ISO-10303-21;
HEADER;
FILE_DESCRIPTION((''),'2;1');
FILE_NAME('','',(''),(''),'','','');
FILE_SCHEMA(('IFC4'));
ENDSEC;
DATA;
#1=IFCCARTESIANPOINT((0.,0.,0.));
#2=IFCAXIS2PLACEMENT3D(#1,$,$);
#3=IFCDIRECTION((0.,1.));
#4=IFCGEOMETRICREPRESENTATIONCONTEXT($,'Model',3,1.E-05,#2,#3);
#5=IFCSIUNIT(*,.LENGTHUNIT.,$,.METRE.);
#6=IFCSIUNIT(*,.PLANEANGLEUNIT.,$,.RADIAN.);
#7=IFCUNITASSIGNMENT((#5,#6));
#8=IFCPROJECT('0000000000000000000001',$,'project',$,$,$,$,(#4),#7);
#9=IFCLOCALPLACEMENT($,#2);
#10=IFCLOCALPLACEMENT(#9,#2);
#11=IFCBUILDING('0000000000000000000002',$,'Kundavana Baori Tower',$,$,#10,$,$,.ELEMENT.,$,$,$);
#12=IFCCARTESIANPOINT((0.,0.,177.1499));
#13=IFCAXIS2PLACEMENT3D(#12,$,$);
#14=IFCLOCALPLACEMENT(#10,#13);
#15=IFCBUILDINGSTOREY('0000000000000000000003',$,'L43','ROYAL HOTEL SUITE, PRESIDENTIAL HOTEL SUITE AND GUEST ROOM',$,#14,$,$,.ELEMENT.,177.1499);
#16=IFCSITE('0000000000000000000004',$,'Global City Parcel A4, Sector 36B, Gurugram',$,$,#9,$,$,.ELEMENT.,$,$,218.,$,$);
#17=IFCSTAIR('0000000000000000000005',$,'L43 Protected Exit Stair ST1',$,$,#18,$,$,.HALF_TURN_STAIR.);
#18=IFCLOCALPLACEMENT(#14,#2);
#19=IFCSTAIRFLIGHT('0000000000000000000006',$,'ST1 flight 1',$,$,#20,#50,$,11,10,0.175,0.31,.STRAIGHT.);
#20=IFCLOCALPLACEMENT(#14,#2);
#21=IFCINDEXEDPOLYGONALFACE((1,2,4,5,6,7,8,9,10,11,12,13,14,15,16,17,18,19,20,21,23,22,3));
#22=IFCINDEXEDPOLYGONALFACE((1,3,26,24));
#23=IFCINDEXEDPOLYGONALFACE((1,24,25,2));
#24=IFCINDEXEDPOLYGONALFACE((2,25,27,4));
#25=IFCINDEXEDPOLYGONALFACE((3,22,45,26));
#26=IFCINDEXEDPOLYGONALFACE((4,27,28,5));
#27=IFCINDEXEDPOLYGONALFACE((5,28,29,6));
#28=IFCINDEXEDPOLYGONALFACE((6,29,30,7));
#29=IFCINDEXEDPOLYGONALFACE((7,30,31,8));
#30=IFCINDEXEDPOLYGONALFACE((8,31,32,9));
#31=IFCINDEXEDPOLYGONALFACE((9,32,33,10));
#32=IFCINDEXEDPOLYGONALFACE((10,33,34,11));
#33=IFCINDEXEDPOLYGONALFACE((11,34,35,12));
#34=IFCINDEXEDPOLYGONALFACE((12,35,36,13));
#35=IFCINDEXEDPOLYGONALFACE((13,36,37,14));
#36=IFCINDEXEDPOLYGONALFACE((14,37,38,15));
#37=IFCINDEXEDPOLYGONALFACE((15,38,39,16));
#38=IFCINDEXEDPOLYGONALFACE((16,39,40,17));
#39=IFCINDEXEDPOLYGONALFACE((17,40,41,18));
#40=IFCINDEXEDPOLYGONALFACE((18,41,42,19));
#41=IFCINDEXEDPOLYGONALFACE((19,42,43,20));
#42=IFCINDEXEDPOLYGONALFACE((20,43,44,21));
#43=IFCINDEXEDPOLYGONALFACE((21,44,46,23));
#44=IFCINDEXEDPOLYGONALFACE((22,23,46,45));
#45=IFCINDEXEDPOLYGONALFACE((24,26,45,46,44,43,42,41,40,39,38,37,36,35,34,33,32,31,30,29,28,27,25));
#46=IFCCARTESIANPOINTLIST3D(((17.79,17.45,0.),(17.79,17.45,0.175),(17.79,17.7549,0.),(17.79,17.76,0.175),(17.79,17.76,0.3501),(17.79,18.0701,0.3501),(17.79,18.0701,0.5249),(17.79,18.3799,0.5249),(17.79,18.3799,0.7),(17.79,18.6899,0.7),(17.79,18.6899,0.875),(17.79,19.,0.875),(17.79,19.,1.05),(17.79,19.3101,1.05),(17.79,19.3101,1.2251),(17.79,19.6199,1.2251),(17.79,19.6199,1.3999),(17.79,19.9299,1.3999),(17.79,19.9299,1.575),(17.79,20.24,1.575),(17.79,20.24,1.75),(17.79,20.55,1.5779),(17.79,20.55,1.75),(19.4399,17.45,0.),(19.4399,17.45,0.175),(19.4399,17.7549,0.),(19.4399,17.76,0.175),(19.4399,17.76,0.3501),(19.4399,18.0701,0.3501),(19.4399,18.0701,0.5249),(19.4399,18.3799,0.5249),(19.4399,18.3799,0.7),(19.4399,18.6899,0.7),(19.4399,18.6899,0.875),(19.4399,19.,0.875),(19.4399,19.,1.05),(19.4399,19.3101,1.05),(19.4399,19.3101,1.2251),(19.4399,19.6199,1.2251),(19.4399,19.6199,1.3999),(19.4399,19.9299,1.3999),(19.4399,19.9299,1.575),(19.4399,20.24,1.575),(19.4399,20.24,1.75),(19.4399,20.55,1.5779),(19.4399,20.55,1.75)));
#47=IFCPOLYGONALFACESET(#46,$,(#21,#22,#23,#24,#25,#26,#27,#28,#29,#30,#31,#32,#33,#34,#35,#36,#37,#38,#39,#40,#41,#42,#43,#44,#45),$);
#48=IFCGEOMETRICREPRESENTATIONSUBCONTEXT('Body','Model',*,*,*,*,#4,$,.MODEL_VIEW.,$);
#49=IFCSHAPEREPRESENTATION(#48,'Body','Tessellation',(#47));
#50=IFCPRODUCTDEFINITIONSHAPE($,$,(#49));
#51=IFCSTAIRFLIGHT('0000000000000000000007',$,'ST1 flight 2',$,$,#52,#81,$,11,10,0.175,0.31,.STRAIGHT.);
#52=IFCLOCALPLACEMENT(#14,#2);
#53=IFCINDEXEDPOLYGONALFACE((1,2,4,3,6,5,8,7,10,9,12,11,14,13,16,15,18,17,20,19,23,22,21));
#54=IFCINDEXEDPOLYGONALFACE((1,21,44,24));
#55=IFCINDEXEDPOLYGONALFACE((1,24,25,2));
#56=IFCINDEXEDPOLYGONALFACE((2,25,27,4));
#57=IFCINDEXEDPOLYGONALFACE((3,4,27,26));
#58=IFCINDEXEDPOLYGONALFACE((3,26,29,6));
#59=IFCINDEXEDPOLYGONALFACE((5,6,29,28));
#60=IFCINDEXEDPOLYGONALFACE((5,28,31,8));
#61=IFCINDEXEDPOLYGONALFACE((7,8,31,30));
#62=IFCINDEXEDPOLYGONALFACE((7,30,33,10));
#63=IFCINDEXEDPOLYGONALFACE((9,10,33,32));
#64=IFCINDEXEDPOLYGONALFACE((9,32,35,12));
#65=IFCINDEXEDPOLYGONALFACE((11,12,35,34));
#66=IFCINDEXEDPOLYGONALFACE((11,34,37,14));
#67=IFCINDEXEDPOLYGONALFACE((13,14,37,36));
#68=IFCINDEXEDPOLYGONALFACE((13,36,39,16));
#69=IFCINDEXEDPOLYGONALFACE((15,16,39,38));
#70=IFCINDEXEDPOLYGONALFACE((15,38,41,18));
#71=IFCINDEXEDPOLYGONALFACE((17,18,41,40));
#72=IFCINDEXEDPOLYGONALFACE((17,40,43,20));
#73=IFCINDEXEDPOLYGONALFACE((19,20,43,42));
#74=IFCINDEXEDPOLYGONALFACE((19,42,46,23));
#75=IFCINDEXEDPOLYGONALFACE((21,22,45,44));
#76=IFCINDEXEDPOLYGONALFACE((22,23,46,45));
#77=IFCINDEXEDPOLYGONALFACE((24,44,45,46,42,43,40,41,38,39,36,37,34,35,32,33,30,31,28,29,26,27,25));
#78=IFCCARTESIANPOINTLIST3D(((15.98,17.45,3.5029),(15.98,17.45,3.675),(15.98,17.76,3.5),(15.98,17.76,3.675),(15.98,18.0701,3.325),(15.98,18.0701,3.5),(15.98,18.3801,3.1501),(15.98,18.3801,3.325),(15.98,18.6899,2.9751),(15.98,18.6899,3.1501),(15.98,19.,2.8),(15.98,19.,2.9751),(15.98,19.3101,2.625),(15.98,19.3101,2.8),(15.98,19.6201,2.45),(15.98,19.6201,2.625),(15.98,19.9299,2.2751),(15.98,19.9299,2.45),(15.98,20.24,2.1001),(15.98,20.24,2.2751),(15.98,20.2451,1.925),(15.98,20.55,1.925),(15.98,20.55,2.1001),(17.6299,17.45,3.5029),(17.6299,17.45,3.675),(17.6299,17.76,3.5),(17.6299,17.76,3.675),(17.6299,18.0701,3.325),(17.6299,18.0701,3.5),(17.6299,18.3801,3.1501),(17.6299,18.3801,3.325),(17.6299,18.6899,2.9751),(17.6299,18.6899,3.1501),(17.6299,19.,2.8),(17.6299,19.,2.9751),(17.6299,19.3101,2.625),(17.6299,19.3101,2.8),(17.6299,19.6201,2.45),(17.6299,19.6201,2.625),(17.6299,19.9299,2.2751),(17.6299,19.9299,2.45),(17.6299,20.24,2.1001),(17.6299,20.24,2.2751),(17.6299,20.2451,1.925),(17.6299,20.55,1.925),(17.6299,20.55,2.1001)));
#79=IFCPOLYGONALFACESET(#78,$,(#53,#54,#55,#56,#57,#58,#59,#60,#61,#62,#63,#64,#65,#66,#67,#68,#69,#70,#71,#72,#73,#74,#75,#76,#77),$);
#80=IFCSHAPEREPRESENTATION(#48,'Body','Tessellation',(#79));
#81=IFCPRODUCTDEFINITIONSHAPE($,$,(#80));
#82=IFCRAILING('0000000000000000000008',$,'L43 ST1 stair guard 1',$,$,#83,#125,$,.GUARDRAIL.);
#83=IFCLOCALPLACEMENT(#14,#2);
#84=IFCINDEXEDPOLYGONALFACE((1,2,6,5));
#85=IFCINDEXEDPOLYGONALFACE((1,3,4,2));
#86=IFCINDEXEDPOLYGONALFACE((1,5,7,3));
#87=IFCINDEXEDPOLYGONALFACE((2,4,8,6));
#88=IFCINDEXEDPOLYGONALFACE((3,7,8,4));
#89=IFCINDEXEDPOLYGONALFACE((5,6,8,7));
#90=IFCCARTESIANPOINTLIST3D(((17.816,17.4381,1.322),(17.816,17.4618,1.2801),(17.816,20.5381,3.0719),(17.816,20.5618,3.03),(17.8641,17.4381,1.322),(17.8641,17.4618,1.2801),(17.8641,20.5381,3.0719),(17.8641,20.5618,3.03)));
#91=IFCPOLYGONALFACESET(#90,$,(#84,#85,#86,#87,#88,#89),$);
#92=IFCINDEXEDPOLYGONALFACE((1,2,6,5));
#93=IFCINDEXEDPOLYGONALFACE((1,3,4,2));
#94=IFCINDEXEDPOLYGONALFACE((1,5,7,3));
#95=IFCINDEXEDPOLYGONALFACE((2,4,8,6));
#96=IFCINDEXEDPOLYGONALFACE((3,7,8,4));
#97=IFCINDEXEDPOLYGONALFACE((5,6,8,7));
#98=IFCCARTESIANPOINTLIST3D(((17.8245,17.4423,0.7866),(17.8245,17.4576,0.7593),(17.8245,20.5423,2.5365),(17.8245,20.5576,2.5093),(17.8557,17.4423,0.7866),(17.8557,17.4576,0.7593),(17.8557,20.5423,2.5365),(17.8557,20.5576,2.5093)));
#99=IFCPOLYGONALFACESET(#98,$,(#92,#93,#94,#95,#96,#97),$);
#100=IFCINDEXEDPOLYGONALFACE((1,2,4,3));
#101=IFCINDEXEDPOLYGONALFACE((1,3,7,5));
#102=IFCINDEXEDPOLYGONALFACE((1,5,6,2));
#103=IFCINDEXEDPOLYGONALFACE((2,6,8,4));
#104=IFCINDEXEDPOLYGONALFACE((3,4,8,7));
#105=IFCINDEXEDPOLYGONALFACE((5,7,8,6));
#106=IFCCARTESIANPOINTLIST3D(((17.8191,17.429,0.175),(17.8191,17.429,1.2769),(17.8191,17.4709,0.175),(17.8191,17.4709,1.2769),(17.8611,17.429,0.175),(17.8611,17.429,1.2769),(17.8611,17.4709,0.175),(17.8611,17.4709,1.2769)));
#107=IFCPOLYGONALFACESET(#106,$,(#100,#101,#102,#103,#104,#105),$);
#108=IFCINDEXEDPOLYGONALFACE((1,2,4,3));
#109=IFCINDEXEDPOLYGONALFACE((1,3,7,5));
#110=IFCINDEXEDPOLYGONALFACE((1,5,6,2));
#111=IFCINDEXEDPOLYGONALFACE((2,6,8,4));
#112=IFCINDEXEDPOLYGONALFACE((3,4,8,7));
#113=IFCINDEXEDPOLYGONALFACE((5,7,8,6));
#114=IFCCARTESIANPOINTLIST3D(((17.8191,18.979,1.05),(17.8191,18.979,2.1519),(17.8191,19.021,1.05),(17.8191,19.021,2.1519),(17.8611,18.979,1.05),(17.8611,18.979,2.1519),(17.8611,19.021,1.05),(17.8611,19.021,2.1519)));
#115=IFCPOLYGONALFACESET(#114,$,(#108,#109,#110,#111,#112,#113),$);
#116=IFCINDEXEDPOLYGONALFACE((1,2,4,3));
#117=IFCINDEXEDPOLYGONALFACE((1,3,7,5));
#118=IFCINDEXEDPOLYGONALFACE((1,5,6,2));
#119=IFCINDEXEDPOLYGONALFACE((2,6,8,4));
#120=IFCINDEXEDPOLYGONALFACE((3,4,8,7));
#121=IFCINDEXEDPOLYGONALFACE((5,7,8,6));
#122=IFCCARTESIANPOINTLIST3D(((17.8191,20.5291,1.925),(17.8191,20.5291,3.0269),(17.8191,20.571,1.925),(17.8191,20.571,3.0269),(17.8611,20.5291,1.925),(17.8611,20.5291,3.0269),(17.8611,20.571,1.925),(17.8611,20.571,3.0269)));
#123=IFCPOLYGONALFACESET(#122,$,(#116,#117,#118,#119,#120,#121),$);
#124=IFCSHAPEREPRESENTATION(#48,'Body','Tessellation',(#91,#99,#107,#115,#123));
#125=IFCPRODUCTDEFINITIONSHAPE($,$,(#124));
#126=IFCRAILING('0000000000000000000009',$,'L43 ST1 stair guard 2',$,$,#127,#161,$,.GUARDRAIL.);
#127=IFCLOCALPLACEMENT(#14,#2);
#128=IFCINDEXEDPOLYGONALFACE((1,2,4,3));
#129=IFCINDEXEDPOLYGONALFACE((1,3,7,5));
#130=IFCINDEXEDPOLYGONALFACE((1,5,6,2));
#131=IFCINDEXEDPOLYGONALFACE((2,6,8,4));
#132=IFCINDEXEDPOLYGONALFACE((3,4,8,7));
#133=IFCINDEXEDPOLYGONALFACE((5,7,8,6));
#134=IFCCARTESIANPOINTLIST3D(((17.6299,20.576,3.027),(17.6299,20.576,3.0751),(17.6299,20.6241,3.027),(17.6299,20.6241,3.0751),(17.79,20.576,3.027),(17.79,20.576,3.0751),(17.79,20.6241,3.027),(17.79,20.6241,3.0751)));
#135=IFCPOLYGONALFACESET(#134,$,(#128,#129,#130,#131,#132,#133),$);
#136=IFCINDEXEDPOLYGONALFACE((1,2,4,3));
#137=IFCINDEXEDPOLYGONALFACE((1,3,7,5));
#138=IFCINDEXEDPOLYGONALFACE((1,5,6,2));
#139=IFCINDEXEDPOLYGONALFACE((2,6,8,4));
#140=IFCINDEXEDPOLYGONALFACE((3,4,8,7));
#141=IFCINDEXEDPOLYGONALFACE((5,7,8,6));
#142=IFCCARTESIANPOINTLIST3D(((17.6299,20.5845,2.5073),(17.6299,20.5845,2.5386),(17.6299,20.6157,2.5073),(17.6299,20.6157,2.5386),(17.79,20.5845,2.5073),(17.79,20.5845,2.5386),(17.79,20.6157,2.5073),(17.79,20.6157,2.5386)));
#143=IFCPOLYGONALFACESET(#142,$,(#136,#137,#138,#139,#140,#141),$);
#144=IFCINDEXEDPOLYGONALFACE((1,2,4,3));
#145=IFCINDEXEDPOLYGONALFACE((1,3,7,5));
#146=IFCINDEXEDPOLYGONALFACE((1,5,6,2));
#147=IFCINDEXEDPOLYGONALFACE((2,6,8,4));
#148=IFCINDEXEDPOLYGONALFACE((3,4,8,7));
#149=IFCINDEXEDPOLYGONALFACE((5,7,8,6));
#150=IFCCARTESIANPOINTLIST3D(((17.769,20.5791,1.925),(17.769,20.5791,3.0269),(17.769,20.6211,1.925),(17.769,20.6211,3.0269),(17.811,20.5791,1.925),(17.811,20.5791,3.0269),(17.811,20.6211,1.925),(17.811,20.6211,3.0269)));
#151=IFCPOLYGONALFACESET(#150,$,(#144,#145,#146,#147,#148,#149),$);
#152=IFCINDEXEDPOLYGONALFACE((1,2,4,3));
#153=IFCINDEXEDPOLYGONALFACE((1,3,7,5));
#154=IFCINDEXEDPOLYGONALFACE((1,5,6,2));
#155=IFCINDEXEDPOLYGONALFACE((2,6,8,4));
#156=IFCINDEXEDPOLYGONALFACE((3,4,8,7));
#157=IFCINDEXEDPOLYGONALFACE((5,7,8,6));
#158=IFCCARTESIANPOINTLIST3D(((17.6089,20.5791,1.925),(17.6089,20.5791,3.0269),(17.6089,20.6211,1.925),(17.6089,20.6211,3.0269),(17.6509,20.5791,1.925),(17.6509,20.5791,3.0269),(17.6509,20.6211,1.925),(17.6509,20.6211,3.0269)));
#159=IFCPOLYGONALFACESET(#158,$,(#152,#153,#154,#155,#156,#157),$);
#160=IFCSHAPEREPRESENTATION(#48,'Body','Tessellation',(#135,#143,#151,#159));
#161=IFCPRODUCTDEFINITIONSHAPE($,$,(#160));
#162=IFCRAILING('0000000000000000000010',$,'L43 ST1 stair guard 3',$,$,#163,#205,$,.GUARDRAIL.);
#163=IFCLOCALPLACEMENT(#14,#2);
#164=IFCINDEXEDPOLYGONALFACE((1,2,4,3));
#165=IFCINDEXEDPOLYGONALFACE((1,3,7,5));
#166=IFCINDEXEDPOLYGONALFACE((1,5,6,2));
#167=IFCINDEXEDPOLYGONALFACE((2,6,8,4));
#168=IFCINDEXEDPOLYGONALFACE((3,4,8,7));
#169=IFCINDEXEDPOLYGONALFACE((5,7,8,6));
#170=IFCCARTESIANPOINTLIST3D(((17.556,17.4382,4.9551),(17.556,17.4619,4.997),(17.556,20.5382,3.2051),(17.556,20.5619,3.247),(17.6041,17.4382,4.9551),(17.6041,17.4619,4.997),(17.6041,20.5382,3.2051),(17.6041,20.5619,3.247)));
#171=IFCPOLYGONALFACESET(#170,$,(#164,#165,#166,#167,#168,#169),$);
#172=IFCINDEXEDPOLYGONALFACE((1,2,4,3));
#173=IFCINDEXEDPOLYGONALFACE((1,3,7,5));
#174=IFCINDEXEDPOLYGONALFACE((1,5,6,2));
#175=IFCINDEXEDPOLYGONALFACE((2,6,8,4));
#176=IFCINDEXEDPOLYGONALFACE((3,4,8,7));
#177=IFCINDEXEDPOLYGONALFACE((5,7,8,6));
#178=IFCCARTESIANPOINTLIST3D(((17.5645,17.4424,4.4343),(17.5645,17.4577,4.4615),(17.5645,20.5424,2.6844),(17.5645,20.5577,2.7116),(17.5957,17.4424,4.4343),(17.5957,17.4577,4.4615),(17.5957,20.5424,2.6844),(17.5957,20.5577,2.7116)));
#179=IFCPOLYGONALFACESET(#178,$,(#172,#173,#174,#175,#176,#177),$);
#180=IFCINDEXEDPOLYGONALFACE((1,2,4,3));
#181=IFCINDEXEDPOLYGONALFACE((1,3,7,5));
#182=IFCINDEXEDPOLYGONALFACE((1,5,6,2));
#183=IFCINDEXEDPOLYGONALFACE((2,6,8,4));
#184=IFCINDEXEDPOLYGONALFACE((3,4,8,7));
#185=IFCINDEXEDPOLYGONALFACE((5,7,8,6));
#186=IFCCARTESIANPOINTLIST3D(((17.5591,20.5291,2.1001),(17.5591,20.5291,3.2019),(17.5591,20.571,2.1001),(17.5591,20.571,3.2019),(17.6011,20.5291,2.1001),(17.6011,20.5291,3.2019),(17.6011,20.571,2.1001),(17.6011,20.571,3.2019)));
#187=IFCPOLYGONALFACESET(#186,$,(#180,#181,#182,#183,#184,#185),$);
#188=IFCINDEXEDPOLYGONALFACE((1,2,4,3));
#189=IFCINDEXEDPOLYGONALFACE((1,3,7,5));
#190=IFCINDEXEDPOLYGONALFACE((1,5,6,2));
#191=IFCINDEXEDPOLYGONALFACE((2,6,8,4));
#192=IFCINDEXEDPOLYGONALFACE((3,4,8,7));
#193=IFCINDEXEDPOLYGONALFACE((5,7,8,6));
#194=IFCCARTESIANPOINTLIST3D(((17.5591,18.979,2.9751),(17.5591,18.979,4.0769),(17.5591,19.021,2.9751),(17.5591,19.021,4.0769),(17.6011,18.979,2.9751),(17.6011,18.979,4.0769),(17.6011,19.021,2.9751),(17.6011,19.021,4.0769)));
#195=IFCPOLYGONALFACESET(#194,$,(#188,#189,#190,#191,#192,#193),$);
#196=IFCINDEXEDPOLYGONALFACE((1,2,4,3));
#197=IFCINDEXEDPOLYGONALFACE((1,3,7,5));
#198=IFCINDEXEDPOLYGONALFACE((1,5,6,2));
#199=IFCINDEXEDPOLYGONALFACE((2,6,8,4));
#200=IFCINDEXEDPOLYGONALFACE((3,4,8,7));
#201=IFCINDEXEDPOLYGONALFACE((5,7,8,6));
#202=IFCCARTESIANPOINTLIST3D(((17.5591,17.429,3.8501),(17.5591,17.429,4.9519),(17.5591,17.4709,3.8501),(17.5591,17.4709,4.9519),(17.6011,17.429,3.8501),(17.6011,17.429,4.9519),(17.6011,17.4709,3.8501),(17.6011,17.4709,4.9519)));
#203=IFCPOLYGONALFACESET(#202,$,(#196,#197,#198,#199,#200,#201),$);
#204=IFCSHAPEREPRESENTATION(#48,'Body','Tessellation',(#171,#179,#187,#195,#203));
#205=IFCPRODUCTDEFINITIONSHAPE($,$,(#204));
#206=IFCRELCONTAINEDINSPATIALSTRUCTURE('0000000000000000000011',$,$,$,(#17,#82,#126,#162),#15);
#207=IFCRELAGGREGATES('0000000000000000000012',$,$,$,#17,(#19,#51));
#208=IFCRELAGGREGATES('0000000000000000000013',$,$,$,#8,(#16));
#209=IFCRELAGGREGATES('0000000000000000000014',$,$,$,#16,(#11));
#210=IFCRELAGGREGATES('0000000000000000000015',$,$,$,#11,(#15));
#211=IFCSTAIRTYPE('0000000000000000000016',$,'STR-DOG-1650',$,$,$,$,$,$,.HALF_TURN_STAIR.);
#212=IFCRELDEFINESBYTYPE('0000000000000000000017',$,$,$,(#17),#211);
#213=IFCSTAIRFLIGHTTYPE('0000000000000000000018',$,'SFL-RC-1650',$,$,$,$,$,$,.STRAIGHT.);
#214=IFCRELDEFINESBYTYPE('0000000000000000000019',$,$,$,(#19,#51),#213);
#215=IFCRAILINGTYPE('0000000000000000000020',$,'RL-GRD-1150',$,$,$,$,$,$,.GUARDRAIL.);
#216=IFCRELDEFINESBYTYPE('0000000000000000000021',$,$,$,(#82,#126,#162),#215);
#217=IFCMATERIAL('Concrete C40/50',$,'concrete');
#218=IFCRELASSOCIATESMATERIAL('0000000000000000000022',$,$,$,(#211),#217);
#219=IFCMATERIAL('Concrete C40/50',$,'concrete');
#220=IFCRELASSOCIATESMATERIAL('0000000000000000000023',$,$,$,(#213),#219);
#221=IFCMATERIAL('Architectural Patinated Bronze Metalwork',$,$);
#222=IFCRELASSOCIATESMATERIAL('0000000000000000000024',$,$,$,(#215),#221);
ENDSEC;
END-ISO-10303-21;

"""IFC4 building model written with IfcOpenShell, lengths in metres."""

from ifc_helpers import new_model, si_unit, direction, frame, origin, origin_2d, place, context, subcontext, project, spatial, polyline, rectangle, outline, extrude, material, type_object, element, aggregate, save


model = new_model("IFC4")

# Units and contexts
model_context = context("Model", 3, precision=1e-05, world=origin(), true_north=direction((0.0, 1.0)))
body_context = subcontext(model_context, "Body", "Model", "MODEL_VIEW")
ifc_project = project(units=[si_unit("LENGTHUNIT", "METRE"), si_unit("PLANEANGLEUNIT", "RADIAN")], contexts=[model_context])

# Site, building, storey
site_placement = place(None, origin())
site = spatial("IfcSite", under=ifc_project, at=site_placement, Name="Global City Parcel A4, Sector 36B, Gurugram", CompositionType="ELEMENT", RefElevation=218.0)
building_placement = place(site_placement, origin())
building = spatial("IfcBuilding", under=site, at=building_placement, Name="Kundavana Baori Tower", CompositionType="ELEMENT")
storey_placement = place(building_placement, frame((0.0, 0.0, 177.1499)))
storey = spatial("IfcBuildingStorey", under=building, at=storey_placement, Name="L43", Description="ROYAL HOTEL SUITE, PRESIDENTIAL HOTEL SUITE AND GUEST ROOM", CompositionType="ELEMENT", Elevation=177.1499)

# Stair, stair flights
ifc_material_1 = material(Name="Concrete C40/50", Category="concrete")
stair_type = type_object("IfcStairType", Name="STR-DOG-1650", PredefinedType="HALF_TURN_STAIR", material=ifc_material_1)
stair_placement = place(storey_placement, origin())
stair = element("IfcStair", 1, at=stair_placement, inside=storey, type_object=stair_type, Name="L43 Protected Exit Stair ST1", PredefinedType="HALF_TURN_STAIR")
ifc_material_2 = material(Name="Concrete C40/50", Category="concrete")
stair_flight_type = type_object("IfcStairFlightType", Name="SFL-RC-1650", PredefinedType="STRAIGHT", material=ifc_material_2)
stair_flight_1_placement = place(storey_placement, frame((18.615, 17.45, 0.0), z_axis=(0.0, 0.0, 1.0), x_axis=(0.0, 1.0, 0.0)))
stair_flight_1 = element("IfcStairFlight", 2, at=stair_flight_1_placement, type_object=stair_flight_type, Name="ST1 flight 1", NumberOfRisers=11, NumberOfTreads=10, PredefinedType="STRAIGHT", RiserHeight=0.175, TreadLength=0.31, context=body_context, shape_type="SweptSolid", body=[
    extrude(outline(polyline([(0.0, 0.0), (0.0, 0.175), (0.3101, 0.175), (0.3101, 0.3501), (0.6201, 0.3501), (0.6201, 0.5249), (0.9299, 0.5249), (0.9299, 0.7), (1.24, 0.7), (1.24, 0.875), (1.55, 0.875), (1.55, 1.05), (1.8601, 1.05), (1.8601, 1.2251), (2.1699, 1.2251), (2.1699, 1.3999), (2.48, 1.3999), (2.48, 1.575), (2.79, 1.575), (2.79, 1.75), (3.1001, 1.75), (3.1001, 1.925), (3.1001, 1.5779), (0.3049, 0.0), (0.0, 0.0)])), frame((0.0, 0.825, 0.0), z_axis=(0.0, -1.0, 0.0), x_axis=(1.0, 0.0, 0.0)), (0.0, 0.0, 1.0), 1.6499),
])
stair_flight_2_placement = place(storey_placement, frame((16.8049, 20.55, 1.925), z_axis=(0.0, 0.0, 1.0), x_axis=(0.0, -1.0, 0.0)))
stair_flight_2 = element("IfcStairFlight", 3, at=stair_flight_2_placement, type_object=stair_flight_type, Name="ST1 flight 2", NumberOfRisers=11, NumberOfTreads=10, PredefinedType="STRAIGHT", RiserHeight=0.175, TreadLength=0.31, context=body_context, shape_type="SweptSolid", body=[
    extrude(outline(polyline([(0.0, 0.0), (0.0, 0.175), (0.3101, 0.175), (0.3101, 0.3501), (0.6201, 0.3501), (0.6201, 0.5249), (0.9299, 0.5249), (0.9299, 0.7), (1.24, 0.7), (1.24, 0.875), (1.55, 0.875), (1.55, 1.05), (1.8601, 1.05), (1.8601, 1.2251), (2.1699, 1.2251), (2.1699, 1.3999), (2.48, 1.3999), (2.48, 1.575), (2.79, 1.575), (2.79, 1.75), (3.1001, 1.75), (3.1001, 1.925), (3.1001, 1.5779), (0.3049, 0.0), (0.0, 0.0)])), frame((0.0, 0.825, 0.0), z_axis=(0.0, -1.0, 0.0), x_axis=(1.0, 0.0, 0.0)), (0.0, 0.0, 1.0), 1.6499),
])
aggregate(stair, [stair_flight_1, stair_flight_2])

# Railings
ifc_material_3 = material(Name="Architectural Patinated Bronze Metalwork")
railing_type_1 = type_object("IfcRailingType", Name="RL-GRD-1150", PredefinedType="GUARDRAIL", material=ifc_material_3)
railing_1_placement = place(storey_placement, frame((17.8401, 17.45, 0.175)))
element("IfcRailing", 4, at=railing_1_placement, inside=storey, type_object=railing_type_1, Name="L43 ST1 stair guard 1", PredefinedType="GUARDRAIL", context=body_context, shape_type="SweptSolid", body=[
    extrude(rectangle(XDim=0.0481, YDim=0.0481, at=origin_2d()), frame((0.0, 0.0, 1.126), z_axis=(0.0, 0.870831, 0.491583), x_axis=(-1.0, 0.0, 0.0)), (0.0, 0.0, 1.0), 3.5598),
    extrude(rectangle(XDim=0.0312, YDim=0.0312, at=origin_2d()), frame((0.0, 0.0, 0.5979), z_axis=(0.0, 0.870831, 0.491583), x_axis=(-1.0, 0.0, 0.0)), (0.0, 0.0, 1.0), 3.5598),
    extrude(rectangle(XDim=0.042, YDim=0.042, at=origin_2d()), origin(), (0.0, 0.0, 1.0), 1.1018),
    extrude(rectangle(XDim=0.042, YDim=0.042, at=origin_2d()), frame((0.0, 1.55, 0.875)), (0.0, 0.0, 1.0), 1.1018),
    extrude(rectangle(XDim=0.042, YDim=0.042, at=origin_2d()), frame((0.0, 3.1001, 1.75)), (0.0, 0.0, 1.0), 1.1018),
])
railing_2_placement = place(storey_placement, frame((17.79, 20.6001, 1.925)))
element("IfcRailing", 5, at=railing_2_placement, inside=storey, type_object=railing_type_1, Name="L43 ST1 stair guard 2", PredefinedType="GUARDRAIL", context=body_context, shape_type="SweptSolid", body=[
    extrude(rectangle(XDim=0.0481, YDim=0.0481, at=origin_2d()), frame((0.0, 0.0, 1.126), z_axis=(-1.0, 0.0, 0.0), x_axis=(0.0, -1.0, 0.0)), (0.0, 0.0, 1.0), 0.1602),
    extrude(rectangle(XDim=0.0312, YDim=0.0312, at=origin_2d()), frame((0.0, 0.0, 0.5979), z_axis=(-1.0, 0.0, 0.0), x_axis=(0.0, -1.0, 0.0)), (0.0, 0.0, 1.0), 0.1602),
    extrude(rectangle(XDim=0.042, YDim=0.042, at=origin_2d()), origin(), (0.0, 0.0, 1.0), 1.1018),
    extrude(rectangle(XDim=0.042, YDim=0.042, at=origin_2d()), frame((-0.1602, 0.0, 0.0)), (0.0, 0.0, 1.0), 1.1018),
])
railing_3_placement = place(storey_placement, frame((17.5801, 20.55, 2.1001)))
element("IfcRailing", 6, at=railing_3_placement, inside=storey, type_object=railing_type_1, Name="L43 ST1 stair guard 3", PredefinedType="GUARDRAIL", context=body_context, shape_type="SweptSolid", body=[
    extrude(rectangle(XDim=0.0481, YDim=0.0481, at=origin_2d()), frame((0.0, 0.0, 1.126), z_axis=(0.0, -0.870831, 0.491583), x_axis=(1.0, 0.0, 0.0)), (0.0, 0.0, 1.0), 3.5598),
    extrude(rectangle(XDim=0.0312, YDim=0.0312, at=origin_2d()), frame((0.0, 0.0, 0.5979), z_axis=(0.0, -0.870831, 0.491583), x_axis=(1.0, 0.0, 0.0)), (0.0, 0.0, 1.0), 3.5598),
    extrude(rectangle(XDim=0.042, YDim=0.042, at=origin_2d()), origin(), (0.0, 0.0, 1.0), 1.1018),
    extrude(rectangle(XDim=0.042, YDim=0.042, at=origin_2d()), frame((0.0, -1.55, 0.875)), (0.0, 0.0, 1.0), 1.1018),
    extrude(rectangle(XDim=0.042, YDim=0.042, at=origin_2d()), frame((0.0, -3.1001, 1.75)), (0.0, 0.0, 1.0), 1.1018),
])

save(model, "model.ifc")
